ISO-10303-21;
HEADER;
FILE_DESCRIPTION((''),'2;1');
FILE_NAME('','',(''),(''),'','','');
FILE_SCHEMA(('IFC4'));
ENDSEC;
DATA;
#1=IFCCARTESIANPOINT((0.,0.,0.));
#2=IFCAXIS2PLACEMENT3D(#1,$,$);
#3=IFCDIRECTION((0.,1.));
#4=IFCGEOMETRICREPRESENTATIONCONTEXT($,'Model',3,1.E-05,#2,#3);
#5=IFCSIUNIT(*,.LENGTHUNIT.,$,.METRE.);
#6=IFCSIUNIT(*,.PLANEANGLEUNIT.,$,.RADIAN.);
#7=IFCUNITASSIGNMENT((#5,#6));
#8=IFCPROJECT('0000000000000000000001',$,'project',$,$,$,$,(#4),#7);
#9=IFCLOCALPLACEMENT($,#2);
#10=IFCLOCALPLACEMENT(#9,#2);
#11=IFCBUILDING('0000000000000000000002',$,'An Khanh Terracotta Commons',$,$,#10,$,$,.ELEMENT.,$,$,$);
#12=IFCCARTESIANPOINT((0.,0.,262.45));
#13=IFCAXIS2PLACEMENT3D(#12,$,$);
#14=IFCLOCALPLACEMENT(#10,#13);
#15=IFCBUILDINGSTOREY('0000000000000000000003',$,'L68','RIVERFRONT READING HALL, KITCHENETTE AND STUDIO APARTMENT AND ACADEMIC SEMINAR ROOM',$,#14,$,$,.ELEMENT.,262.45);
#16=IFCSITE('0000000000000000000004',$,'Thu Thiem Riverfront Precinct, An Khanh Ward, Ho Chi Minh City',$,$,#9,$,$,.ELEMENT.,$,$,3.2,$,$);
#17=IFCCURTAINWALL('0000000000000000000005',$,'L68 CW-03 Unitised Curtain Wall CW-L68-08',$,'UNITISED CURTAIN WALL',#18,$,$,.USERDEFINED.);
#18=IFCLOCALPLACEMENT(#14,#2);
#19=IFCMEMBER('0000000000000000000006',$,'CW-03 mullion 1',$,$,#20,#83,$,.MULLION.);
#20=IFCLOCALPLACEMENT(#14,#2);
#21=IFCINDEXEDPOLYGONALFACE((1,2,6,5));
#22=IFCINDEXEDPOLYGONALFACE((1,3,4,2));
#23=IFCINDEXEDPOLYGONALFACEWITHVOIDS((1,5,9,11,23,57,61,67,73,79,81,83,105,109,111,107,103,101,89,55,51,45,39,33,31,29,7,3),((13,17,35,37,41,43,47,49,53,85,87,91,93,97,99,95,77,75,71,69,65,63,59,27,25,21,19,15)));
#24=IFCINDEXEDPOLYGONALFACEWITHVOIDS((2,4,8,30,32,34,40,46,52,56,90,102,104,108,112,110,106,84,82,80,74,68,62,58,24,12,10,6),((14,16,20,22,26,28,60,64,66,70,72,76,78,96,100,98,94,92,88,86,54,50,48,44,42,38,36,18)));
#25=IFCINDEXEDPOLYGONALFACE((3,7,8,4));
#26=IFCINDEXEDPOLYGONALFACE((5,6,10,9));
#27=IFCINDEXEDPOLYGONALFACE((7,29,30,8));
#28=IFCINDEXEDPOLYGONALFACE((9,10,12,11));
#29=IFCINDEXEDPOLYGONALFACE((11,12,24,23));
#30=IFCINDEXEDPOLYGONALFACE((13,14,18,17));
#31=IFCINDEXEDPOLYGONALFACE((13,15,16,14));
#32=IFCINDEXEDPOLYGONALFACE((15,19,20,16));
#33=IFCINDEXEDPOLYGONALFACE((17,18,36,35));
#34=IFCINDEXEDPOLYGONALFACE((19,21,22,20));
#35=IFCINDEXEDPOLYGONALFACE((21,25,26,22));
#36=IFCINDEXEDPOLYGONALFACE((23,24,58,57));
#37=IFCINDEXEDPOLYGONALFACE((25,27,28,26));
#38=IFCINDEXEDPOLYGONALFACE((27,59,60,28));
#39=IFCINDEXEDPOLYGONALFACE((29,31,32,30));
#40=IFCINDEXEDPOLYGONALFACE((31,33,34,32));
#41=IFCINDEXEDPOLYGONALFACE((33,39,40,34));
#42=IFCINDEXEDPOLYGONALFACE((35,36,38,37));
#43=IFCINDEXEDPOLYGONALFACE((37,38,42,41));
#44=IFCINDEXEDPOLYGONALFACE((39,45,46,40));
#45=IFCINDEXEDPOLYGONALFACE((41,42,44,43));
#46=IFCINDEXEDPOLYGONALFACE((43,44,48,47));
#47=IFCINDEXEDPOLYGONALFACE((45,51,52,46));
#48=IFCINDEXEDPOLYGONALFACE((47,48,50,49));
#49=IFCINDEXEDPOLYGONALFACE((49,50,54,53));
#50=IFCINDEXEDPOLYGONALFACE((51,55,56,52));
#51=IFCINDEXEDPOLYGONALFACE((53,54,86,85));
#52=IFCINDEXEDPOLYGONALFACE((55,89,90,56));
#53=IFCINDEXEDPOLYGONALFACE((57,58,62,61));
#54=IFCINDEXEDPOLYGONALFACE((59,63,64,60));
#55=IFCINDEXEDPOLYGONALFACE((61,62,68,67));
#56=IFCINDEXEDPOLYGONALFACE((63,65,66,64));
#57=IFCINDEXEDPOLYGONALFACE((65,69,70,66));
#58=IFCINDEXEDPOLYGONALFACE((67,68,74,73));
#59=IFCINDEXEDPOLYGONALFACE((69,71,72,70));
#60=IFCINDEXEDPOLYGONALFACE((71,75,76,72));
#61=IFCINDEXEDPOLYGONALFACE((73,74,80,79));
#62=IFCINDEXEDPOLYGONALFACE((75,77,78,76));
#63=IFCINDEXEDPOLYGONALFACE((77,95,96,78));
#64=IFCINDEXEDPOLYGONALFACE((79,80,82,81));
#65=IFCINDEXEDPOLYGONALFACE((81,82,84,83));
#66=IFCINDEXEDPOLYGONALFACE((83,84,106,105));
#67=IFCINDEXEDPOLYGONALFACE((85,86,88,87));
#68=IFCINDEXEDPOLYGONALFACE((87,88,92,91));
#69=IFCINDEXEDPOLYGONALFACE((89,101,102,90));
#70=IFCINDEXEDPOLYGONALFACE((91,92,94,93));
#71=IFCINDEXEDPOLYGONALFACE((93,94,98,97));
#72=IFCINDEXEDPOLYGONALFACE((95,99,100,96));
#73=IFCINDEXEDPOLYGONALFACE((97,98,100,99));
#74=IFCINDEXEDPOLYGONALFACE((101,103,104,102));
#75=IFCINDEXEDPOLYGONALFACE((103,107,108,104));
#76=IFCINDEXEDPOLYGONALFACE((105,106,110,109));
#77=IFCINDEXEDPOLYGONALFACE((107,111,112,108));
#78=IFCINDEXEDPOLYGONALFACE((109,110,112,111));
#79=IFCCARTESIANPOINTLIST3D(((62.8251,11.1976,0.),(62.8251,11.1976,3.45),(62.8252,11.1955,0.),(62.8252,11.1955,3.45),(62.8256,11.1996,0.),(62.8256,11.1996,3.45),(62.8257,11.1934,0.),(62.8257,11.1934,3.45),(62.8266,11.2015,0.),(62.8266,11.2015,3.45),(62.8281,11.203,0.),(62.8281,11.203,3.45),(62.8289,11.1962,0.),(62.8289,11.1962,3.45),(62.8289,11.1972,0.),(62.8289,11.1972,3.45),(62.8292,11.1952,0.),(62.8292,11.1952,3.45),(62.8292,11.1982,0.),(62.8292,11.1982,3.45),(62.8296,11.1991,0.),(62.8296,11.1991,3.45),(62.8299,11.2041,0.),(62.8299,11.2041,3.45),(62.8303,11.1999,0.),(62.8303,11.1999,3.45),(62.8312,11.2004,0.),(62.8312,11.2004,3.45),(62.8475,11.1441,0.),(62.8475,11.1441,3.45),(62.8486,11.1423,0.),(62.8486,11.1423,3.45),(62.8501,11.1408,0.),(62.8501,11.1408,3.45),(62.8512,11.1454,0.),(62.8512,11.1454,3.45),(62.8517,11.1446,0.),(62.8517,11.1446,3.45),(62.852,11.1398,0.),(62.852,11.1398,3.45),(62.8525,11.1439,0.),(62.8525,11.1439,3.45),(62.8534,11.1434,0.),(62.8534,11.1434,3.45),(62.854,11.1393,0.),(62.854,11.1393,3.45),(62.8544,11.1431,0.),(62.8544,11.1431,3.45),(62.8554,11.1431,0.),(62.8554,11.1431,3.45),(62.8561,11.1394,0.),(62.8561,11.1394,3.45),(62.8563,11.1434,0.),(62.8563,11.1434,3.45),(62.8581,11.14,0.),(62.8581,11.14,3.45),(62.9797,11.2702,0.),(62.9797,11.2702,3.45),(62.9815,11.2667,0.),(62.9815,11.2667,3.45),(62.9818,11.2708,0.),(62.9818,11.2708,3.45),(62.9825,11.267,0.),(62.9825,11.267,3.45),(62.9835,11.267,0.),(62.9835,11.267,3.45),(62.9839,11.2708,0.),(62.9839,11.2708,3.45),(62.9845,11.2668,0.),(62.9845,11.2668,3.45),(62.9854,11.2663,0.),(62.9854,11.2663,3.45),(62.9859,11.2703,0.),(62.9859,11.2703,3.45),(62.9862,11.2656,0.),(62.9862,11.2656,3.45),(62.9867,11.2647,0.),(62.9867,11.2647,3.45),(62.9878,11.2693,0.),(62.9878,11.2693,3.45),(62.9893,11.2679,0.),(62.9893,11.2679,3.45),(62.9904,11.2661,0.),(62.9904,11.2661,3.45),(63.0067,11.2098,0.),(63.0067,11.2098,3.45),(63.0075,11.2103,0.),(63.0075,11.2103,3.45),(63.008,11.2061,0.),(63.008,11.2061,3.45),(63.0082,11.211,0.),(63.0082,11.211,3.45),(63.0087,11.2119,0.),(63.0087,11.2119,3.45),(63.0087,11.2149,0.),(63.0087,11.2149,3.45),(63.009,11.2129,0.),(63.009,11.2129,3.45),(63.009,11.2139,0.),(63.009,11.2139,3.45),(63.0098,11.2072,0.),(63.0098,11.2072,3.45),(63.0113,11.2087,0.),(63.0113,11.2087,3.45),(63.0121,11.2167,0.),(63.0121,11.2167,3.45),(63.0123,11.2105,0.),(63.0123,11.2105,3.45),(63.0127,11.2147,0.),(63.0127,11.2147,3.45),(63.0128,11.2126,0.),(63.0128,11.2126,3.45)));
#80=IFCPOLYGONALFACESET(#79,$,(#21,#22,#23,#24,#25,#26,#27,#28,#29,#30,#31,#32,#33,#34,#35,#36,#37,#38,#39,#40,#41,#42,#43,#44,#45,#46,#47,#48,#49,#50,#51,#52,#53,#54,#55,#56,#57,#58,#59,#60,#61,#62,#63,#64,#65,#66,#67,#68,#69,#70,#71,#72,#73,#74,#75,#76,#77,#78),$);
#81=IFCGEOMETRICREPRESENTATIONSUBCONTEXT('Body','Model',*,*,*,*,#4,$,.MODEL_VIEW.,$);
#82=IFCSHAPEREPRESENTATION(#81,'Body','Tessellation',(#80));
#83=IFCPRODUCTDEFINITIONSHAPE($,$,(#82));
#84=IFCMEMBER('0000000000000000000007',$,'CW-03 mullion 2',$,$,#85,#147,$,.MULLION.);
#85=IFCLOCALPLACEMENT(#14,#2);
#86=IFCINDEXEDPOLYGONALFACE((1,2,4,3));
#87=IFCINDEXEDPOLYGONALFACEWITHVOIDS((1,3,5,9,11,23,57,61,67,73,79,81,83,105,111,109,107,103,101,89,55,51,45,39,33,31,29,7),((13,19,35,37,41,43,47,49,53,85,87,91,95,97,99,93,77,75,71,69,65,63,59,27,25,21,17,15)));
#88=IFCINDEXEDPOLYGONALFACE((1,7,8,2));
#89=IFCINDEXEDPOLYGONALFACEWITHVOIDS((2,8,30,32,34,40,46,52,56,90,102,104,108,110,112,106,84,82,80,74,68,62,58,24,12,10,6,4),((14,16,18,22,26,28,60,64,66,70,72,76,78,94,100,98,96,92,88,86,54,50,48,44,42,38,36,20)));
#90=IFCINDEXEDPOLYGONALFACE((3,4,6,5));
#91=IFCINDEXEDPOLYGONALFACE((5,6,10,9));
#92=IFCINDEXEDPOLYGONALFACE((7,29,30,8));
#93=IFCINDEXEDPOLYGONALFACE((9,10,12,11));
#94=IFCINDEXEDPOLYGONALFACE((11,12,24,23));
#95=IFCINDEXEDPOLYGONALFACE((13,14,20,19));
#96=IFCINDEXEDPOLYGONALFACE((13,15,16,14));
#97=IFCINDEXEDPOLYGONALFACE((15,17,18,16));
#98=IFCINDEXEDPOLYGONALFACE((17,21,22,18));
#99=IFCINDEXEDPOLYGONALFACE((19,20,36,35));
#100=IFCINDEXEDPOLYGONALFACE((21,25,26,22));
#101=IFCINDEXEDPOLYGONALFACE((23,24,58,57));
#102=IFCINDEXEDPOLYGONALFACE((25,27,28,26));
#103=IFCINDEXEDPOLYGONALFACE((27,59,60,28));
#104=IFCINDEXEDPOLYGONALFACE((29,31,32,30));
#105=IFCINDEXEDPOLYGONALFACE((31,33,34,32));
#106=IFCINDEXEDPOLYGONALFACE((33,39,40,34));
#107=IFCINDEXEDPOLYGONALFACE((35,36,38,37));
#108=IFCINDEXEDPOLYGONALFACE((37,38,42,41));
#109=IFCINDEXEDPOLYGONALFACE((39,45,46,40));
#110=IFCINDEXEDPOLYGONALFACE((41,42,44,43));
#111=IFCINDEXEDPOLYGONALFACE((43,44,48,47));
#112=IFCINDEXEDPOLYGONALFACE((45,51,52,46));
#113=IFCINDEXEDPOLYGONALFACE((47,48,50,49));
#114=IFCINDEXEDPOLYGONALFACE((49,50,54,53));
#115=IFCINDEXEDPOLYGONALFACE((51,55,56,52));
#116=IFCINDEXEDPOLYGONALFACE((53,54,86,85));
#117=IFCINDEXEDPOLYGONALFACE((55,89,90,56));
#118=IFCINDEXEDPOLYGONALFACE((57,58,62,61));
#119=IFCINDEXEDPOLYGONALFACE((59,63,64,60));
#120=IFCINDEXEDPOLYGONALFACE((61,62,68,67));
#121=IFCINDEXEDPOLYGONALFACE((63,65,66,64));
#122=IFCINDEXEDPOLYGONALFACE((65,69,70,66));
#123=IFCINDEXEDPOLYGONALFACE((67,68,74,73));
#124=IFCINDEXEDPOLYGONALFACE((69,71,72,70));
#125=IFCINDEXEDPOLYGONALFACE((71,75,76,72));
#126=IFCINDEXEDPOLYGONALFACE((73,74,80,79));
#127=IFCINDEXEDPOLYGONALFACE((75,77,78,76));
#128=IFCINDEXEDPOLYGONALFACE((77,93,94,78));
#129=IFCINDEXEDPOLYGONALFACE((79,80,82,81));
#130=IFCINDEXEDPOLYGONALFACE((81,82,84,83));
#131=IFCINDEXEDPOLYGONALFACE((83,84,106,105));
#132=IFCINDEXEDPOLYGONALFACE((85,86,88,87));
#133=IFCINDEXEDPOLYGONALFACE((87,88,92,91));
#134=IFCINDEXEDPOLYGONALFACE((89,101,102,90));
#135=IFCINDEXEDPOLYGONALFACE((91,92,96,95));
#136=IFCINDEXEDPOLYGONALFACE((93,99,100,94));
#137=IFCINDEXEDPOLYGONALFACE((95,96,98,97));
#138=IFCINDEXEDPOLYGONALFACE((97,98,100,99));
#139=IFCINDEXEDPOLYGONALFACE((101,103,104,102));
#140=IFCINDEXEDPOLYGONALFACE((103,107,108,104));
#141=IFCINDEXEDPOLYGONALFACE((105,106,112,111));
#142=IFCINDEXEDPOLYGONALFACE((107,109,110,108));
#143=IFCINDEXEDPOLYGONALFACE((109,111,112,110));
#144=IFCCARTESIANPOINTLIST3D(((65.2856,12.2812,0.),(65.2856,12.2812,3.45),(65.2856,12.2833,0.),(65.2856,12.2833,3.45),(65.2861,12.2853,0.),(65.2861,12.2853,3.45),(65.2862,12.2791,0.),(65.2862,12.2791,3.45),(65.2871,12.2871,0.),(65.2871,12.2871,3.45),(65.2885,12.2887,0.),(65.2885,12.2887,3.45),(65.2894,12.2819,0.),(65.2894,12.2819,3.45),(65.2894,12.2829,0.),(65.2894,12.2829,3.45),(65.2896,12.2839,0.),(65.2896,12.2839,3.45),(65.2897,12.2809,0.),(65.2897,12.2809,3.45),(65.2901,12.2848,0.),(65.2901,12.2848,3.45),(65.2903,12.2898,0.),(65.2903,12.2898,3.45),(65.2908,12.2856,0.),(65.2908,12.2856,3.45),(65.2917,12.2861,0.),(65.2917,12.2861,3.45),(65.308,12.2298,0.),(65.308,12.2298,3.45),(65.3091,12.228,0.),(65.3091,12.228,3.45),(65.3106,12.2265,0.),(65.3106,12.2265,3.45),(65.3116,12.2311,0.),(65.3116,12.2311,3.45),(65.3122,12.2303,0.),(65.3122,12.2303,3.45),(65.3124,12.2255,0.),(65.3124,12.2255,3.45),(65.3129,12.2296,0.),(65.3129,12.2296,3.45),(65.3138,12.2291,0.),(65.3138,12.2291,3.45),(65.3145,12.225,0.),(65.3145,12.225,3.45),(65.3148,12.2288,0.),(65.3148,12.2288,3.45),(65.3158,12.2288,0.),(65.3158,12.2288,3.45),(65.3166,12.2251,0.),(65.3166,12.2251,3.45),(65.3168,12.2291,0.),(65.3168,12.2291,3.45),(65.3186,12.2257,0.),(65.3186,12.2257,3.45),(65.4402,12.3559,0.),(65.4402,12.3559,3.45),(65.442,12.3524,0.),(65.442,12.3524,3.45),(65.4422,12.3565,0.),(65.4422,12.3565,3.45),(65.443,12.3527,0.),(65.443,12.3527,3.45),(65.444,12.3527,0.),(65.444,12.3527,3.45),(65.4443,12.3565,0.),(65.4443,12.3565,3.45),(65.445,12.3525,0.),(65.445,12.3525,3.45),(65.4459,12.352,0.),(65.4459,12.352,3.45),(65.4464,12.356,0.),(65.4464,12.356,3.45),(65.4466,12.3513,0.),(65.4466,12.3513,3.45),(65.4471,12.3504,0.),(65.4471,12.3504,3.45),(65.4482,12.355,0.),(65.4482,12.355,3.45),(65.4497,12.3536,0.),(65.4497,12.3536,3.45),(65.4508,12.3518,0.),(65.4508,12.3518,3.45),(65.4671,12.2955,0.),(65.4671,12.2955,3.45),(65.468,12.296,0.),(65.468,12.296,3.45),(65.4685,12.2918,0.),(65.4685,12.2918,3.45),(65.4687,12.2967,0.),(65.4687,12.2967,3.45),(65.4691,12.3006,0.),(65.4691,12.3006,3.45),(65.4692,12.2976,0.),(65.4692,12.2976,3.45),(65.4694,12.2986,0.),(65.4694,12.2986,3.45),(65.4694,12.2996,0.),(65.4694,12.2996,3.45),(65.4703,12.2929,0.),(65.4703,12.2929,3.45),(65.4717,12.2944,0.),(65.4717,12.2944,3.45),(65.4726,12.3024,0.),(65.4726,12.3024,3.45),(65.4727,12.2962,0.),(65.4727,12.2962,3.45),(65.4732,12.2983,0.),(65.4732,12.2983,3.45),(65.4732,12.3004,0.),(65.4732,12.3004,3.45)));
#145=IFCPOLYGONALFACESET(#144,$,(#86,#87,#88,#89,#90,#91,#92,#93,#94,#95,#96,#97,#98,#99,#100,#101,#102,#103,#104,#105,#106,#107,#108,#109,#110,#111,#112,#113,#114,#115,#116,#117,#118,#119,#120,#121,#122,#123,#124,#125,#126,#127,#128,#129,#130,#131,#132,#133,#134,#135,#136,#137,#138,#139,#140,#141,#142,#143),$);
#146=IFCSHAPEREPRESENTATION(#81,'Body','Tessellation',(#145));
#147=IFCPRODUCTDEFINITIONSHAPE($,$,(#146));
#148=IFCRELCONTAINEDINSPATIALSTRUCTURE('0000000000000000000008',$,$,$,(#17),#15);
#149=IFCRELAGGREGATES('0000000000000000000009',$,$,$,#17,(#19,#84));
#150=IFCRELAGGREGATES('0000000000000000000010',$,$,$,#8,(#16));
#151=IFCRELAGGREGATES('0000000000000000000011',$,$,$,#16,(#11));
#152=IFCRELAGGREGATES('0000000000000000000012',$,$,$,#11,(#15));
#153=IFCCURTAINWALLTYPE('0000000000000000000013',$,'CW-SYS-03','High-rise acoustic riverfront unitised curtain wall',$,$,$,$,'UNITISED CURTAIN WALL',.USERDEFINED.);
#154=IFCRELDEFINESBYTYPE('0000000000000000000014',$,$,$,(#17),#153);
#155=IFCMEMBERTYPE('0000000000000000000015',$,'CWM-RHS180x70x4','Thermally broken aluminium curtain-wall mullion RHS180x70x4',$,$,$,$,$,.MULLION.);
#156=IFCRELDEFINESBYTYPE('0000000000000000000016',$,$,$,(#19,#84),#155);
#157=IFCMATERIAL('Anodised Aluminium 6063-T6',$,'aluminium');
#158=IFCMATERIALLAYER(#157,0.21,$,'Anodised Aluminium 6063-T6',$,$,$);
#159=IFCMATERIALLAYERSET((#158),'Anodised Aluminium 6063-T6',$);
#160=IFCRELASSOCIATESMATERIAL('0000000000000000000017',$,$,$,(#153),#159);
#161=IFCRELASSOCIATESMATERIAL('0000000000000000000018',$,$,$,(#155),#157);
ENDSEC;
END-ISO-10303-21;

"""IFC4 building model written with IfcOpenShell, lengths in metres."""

from ifc_helpers import new_model, si_unit, direction, frame, origin, origin_2d, place, context, subcontext, project, spatial, hollow_rectangle, extrude, material, layer, layer_set, material_profile, profile_set, type_object, element, aggregate, save


model = new_model("IFC4")

# Units and contexts
model_context = context("Model", 3, precision=1e-05, world=origin(), true_north=direction((0.0, 1.0)))
body_context = subcontext(model_context, "Body", "Model", "MODEL_VIEW")
ifc_project = project(units=[si_unit("LENGTHUNIT", "METRE"), si_unit("PLANEANGLEUNIT", "RADIAN")], contexts=[model_context])

# Site, building, storey
site_placement = place(None, origin())
site = spatial("IfcSite", under=ifc_project, at=site_placement, Name="Thu Thiem Riverfront Precinct, An Khanh Ward, Ho Chi Minh City", CompositionType="ELEMENT", RefElevation=3.2)
building_placement = place(site_placement, origin())
building = spatial("IfcBuilding", under=site, at=building_placement, Name="An Khanh Terracotta Commons", CompositionType="ELEMENT")
storey_placement = place(building_placement, frame((0.0, 0.0, 262.45)))
storey = spatial("IfcBuildingStorey", under=building, at=storey_placement, Name="L68", Description="RIVERFRONT READING HALL, KITCHENETTE AND STUDIO APARTMENT AND ACADEMIC SEMINAR ROOM", CompositionType="ELEMENT", Elevation=262.45)

# Curtain wall, members
ifc_material_1 = material(Name="Anodised Aluminium 6063-T6", Category="aluminium")
ifc_layer_1 = layer(ifc_material_1, 0.21, Name="Anodised Aluminium 6063-T6")
ifc_layer_set_1 = layer_set([ifc_layer_1], Name="Anodised Aluminium 6063-T6")
curtain_wall_type = type_object("IfcCurtainWallType", Name="CW-SYS-03", Description="High-rise acoustic riverfront unitised curtain wall", ElementType="UNITISED CURTAIN WALL", PredefinedType="USERDEFINED", material=ifc_layer_set_1)
curtain_wall_placement = place(storey_placement, origin())
curtain_wall = element("IfcCurtainWall", 1, at=curtain_wall_placement, inside=storey, type_object=curtain_wall_type, Name="L68 CW-03 Unitised Curtain Wall CW-L68-08", ObjectType="UNITISED CURTAIN WALL", PredefinedType="USERDEFINED")
ifc_material_profile_1 = material_profile(ifc_material_1, hollow_rectangle(XDim=0.0701, YDim=0.1799, WallThickness=0.0039, InnerFilletRadius=0.0039, OuterFilletRadius=0.0081, at=origin_2d()), Name="RHS180x70x4")
ifc_profile_set_1 = profile_set([ifc_material_profile_1], Name="Anodised Aluminium 6063-T6")
member_type_1 = type_object("IfcMemberType", Name="CWM-RHS180x70x4", Description="Thermally broken aluminium curtain-wall mullion RHS180x70x4", PredefinedType="MULLION", material=ifc_profile_set_1)
member_1_placement = place(storey_placement, frame((62.9189, 11.2051, 0.0), z_axis=(0.0, 0.0, 1.0), x_axis=(-0.403676, 0.914902, 0.0)))
member_1 = element("IfcMember", 2, at=member_1_placement, type_object=member_type_1, Name="CW-03 mullion 1", PredefinedType="MULLION", context=body_context, shape_type="SweptSolid", body=[
    extrude(hollow_rectangle(XDim=0.0701, YDim=0.1799, WallThickness=0.0039, InnerFilletRadius=0.0039, OuterFilletRadius=0.0081, at=origin_2d()), origin(), (0.0, 0.0, 1.0), 3.45),
])
member_2_placement = place(storey_placement, frame((65.3794, 12.2908, 0.0), z_axis=(0.0, 0.0, 1.0), x_axis=(-0.403676, 0.914902, 0.0)))
member_2 = element("IfcMember", 3, at=member_2_placement, type_object=member_type_1, Name="CW-03 mullion 2", PredefinedType="MULLION", context=body_context, shape_type="SweptSolid", body=[
    extrude(hollow_rectangle(XDim=0.0701, YDim=0.1799, WallThickness=0.0039, InnerFilletRadius=0.0039, OuterFilletRadius=0.0081, at=origin_2d()), origin(), (0.0, 0.0, 1.0), 3.45),
])
aggregate(curtain_wall, [member_1, member_2])

save(model, "model.ifc")
